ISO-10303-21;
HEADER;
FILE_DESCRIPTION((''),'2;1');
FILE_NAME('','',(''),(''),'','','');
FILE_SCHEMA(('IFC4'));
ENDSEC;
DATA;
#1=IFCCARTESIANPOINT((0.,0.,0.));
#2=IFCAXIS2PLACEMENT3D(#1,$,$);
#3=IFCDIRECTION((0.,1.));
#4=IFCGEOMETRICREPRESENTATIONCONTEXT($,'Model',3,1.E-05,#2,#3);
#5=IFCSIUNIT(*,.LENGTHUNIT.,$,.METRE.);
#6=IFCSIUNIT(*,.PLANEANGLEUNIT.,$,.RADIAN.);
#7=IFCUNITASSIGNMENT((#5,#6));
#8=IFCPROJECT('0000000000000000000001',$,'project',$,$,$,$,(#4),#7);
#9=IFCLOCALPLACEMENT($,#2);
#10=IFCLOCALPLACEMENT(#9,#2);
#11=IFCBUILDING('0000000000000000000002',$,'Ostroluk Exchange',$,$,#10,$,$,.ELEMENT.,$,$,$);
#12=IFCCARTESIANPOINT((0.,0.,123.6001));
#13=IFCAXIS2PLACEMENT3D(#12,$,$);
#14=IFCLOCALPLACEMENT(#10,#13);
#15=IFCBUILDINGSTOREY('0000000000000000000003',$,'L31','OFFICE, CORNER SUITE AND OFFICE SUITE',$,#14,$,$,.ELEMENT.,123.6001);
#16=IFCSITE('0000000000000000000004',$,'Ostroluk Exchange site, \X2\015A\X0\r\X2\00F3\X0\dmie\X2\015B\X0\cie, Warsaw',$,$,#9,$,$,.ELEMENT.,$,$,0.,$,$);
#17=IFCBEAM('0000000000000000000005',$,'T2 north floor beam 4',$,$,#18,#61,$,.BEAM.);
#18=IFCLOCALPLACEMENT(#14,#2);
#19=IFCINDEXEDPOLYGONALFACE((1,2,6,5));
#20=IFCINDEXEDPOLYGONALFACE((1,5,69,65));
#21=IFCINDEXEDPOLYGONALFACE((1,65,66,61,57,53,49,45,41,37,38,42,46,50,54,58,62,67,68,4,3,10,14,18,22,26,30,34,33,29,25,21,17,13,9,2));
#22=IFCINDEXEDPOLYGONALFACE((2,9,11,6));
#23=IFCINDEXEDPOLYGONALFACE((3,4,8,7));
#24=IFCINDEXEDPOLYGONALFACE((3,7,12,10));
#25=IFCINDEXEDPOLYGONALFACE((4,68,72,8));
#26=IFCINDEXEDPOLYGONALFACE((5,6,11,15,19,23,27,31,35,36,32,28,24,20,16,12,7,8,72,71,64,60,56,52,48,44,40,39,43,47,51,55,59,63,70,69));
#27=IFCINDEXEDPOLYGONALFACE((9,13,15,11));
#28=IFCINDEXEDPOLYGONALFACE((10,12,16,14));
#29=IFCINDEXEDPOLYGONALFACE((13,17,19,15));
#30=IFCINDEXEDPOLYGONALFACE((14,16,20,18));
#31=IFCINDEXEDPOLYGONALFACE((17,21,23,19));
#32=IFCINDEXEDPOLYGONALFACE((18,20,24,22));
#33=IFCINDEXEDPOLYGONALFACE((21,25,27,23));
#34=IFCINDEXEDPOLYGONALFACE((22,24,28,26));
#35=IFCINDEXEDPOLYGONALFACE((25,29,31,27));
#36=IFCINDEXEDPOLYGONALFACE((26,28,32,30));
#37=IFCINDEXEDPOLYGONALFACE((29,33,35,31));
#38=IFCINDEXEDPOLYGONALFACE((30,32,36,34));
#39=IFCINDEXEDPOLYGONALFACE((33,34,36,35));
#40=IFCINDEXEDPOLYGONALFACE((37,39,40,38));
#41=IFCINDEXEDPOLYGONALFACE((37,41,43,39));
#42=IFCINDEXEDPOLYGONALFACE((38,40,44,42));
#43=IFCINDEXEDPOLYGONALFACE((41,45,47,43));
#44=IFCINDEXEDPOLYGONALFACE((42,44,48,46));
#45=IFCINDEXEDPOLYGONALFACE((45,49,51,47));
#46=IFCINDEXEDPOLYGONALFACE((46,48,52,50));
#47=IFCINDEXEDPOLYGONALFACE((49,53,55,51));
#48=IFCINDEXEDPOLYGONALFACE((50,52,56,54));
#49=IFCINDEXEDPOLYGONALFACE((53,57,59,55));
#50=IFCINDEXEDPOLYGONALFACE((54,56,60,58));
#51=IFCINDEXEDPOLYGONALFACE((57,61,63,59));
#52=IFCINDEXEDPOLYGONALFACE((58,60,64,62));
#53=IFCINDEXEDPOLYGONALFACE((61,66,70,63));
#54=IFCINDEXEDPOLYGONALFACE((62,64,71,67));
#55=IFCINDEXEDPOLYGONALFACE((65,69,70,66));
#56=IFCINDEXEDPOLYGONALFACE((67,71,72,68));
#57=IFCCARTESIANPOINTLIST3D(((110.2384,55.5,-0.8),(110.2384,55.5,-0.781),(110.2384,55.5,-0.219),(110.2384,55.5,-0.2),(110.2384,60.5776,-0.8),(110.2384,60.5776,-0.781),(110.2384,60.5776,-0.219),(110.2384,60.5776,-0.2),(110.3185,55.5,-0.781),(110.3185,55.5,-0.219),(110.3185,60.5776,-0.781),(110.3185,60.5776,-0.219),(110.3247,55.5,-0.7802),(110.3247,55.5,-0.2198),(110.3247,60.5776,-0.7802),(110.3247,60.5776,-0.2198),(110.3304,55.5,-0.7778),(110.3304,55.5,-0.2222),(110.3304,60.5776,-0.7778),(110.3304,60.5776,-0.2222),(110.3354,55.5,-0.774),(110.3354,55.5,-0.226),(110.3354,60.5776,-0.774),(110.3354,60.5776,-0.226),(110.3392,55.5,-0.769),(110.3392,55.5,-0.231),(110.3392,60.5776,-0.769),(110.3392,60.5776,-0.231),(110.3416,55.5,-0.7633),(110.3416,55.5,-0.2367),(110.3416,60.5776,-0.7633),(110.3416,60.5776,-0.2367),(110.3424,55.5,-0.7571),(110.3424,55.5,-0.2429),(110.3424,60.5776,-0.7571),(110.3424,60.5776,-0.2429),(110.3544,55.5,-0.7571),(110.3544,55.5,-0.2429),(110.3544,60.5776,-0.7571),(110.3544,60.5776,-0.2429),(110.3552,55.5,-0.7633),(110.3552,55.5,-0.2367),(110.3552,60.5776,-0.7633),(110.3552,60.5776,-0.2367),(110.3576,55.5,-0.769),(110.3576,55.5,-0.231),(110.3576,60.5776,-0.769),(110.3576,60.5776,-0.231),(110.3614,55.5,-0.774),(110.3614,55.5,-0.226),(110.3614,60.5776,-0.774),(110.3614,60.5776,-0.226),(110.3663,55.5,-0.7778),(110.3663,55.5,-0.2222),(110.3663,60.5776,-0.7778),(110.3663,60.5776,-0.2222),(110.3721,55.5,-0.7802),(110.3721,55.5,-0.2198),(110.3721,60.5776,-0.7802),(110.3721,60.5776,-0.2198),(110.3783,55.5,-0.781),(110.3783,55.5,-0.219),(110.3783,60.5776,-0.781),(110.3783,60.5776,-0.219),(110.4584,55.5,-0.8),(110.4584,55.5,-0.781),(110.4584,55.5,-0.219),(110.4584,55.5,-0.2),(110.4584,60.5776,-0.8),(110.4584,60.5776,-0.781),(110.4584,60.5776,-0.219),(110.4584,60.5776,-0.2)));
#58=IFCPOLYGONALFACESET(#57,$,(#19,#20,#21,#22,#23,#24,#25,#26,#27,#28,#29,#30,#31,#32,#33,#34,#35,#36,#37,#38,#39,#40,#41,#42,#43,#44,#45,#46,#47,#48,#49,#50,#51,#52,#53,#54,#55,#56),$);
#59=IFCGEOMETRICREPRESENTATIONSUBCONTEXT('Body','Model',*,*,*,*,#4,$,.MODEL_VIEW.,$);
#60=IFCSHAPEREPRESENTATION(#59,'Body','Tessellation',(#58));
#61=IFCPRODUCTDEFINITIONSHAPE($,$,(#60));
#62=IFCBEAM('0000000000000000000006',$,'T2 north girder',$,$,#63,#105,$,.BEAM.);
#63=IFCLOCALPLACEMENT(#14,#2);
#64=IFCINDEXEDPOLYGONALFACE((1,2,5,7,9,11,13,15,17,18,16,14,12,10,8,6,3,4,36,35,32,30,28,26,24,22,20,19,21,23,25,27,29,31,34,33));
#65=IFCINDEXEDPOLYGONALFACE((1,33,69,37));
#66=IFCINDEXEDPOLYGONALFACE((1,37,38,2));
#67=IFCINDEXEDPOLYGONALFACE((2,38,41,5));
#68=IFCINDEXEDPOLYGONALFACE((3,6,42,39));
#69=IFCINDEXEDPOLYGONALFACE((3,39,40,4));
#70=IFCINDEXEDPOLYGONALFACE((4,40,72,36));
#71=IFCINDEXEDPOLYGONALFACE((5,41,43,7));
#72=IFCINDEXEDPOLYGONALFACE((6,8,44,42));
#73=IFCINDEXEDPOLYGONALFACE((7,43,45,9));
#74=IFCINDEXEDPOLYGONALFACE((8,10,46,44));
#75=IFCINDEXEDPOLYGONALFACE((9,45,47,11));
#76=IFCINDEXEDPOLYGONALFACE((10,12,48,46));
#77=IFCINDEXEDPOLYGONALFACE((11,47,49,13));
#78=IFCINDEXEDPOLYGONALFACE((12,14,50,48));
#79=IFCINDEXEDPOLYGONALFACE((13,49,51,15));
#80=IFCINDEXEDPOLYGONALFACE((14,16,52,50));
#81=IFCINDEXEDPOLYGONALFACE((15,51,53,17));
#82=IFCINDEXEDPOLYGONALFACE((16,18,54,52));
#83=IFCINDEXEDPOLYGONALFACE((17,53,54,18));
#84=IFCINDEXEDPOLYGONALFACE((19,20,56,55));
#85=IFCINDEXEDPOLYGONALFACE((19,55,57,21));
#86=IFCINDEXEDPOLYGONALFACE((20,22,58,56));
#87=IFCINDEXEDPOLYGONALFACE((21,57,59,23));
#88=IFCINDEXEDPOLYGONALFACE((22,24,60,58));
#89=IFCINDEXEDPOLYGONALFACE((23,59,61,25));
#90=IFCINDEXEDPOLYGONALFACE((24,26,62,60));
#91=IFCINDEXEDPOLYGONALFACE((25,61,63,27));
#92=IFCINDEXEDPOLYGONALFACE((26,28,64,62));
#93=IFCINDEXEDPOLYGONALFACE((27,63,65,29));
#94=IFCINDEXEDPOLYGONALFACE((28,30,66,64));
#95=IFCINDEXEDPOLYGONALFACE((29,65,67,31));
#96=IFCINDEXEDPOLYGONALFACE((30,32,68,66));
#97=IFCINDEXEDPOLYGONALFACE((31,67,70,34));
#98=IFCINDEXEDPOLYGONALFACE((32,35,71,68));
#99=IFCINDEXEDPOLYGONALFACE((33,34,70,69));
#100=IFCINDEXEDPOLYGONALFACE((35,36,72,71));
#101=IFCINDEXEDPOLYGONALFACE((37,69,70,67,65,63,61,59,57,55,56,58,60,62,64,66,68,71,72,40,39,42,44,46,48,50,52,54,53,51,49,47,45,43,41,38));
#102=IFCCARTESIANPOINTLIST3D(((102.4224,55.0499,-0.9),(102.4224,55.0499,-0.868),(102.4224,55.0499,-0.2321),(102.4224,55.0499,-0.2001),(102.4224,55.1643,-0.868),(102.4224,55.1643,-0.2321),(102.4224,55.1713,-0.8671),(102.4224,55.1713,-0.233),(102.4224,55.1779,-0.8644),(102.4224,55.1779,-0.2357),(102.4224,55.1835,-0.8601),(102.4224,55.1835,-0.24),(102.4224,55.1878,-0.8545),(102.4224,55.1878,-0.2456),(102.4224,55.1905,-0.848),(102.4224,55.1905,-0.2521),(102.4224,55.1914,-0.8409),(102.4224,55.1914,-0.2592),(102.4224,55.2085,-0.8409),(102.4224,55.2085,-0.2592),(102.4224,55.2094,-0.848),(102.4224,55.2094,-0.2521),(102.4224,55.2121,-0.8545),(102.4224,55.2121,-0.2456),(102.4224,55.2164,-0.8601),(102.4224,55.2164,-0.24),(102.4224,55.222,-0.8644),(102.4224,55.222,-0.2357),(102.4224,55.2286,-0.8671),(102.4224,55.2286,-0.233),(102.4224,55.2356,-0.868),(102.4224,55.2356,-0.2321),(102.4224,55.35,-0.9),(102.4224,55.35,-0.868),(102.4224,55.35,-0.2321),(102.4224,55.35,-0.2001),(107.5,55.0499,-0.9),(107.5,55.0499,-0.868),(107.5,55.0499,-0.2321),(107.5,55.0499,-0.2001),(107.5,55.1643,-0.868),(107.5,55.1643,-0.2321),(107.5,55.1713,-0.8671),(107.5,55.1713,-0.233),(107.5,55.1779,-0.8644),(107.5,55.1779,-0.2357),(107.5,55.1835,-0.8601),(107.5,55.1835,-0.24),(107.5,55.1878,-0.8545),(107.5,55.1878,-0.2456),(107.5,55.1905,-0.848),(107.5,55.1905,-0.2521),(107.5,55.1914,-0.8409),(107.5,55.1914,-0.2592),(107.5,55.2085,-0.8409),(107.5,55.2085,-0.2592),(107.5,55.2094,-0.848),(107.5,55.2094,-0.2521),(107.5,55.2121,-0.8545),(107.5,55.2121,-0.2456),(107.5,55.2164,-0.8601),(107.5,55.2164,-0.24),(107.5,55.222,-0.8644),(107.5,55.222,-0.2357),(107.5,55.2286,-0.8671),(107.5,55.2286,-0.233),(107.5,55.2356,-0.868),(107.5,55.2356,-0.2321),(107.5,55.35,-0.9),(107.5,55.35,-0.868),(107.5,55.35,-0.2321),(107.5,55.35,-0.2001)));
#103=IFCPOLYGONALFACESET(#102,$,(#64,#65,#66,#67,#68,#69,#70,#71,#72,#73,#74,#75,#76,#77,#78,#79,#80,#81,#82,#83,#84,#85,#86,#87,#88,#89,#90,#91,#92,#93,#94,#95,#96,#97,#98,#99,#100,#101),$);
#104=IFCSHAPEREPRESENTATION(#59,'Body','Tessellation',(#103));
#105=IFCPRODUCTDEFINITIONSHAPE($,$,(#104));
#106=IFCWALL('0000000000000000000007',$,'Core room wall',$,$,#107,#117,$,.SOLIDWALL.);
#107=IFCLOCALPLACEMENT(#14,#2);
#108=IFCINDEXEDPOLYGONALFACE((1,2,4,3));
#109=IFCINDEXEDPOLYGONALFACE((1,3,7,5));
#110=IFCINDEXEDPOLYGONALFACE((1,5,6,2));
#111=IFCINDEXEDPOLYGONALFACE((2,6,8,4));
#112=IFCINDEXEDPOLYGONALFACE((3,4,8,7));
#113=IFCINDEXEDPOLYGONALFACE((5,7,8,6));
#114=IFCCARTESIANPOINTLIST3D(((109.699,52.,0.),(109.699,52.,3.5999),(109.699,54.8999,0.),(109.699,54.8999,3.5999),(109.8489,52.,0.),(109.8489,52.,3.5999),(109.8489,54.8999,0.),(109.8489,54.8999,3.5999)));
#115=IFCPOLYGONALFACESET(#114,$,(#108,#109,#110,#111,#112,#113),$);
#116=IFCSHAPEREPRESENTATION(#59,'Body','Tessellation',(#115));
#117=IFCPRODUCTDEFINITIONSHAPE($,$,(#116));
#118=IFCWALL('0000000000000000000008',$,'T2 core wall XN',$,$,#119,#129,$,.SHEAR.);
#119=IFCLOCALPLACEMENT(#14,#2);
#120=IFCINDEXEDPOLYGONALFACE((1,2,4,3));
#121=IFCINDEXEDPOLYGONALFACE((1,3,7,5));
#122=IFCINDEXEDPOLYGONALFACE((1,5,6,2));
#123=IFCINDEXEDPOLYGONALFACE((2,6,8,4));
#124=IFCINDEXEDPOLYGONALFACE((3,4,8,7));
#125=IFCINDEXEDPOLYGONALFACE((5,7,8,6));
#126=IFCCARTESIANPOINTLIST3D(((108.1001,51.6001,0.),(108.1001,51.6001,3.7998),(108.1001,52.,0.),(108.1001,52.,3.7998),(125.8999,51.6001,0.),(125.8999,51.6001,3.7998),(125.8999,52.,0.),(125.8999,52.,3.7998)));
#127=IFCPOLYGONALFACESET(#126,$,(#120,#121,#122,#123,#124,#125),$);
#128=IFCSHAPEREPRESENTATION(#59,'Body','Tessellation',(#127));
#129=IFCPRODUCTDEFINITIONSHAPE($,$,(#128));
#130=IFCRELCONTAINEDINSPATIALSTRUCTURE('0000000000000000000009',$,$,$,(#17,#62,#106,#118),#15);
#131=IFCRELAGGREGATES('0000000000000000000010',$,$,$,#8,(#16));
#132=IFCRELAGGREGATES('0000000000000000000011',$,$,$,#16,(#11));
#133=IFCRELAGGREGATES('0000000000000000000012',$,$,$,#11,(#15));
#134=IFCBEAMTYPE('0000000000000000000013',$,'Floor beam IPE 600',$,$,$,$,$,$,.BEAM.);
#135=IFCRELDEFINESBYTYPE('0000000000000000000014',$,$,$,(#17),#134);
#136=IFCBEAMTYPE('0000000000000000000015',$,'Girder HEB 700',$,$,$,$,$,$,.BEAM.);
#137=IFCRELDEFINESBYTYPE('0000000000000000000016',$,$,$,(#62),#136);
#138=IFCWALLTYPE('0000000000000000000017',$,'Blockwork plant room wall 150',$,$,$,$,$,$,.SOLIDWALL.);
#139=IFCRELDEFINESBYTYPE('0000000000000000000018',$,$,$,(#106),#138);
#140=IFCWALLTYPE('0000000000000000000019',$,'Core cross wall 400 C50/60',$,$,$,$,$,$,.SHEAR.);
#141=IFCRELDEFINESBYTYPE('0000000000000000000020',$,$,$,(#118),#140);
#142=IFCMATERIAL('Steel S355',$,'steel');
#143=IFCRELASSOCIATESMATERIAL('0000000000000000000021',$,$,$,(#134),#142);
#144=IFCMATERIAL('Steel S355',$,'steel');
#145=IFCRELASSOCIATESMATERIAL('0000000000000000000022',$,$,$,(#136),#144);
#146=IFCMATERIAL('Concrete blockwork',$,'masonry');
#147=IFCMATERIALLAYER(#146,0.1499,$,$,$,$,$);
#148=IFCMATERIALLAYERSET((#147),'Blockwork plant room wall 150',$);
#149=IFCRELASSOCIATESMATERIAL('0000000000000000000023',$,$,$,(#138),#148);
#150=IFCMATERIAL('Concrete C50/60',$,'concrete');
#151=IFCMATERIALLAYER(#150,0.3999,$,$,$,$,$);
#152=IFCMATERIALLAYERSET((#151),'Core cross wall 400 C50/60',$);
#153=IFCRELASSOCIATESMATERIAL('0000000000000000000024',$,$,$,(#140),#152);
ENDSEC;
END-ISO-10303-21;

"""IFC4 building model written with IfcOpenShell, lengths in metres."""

from ifc_helpers import new_model, si_unit, direction, frame, frame_2d, origin, origin_2d, place, context, subcontext, project, spatial, rectangle, i_section, extrude, material, layer, layer_set, material_profile, profile_set, type_object, element, save


model = new_model("IFC4")

# Units and contexts
model_context = context("Model", 3, precision=1e-05, world=origin(), true_north=direction((0.0, 1.0)))
body_context = subcontext(model_context, "Body", "Model", "MODEL_VIEW")
ifc_project = project(units=[si_unit("LENGTHUNIT", "METRE"), si_unit("PLANEANGLEUNIT", "RADIAN")], contexts=[model_context])

# Site, building, storey
site_placement = place(None, origin())
site = spatial("IfcSite", under=ifc_project, at=site_placement, Name="Ostroluk Exchange site, Śródmieście, Warsaw", CompositionType="ELEMENT", RefElevation=0.0)
building_placement = place(site_placement, origin())
building = spatial("IfcBuilding", under=site, at=building_placement, Name="Ostroluk Exchange", CompositionType="ELEMENT")
storey_placement = place(building_placement, frame((0.0, 0.0, 123.6001)))
storey = spatial("IfcBuildingStorey", under=building, at=storey_placement, Name="L31", Description="OFFICE, CORNER SUITE AND OFFICE SUITE", CompositionType="ELEMENT", Elevation=123.6001)

# Beams
ifc_material_1 = material(Name="Steel S355", Category="steel")
ifc_material_profile_1 = material_profile(ifc_material_1, i_section(OverallWidth=0.22, OverallDepth=0.6001, WebThickness=0.012, FlangeThickness=0.019, FilletRadius=0.0239, at=origin_2d()), Name="IPE 600")
ifc_profile_set_1 = profile_set([ifc_material_profile_1], Name="Steel S355")
beam_type_1 = type_object("IfcBeamType", Name="Floor beam IPE 600", PredefinedType="BEAM", material=ifc_profile_set_1)
beam_1_placement = place(storey_placement, frame((110.3484, 55.5, -0.5), z_axis=(0.0, 1.0, 0.0), x_axis=(-1.0, 0.0, 0.0)))
element("IfcBeam", 1, at=beam_1_placement, inside=storey, type_object=beam_type_1, Name="T2 north floor beam 4", PredefinedType="BEAM", context=body_context, shape_type="SweptSolid", body=[
    extrude(i_section(OverallWidth=0.22, OverallDepth=0.6001, WebThickness=0.012, FlangeThickness=0.019, FilletRadius=0.0239, at=origin_2d()), origin(), (0.0, 0.0, 1.0), 5.0776),
])
ifc_material_2 = material(Name="Steel S355", Category="steel")
ifc_material_profile_2 = material_profile(ifc_material_2, i_section(OverallWidth=0.3, OverallDepth=0.7, WebThickness=0.0171, FlangeThickness=0.032, FilletRadius=0.0271, at=origin_2d()), Name="HEB 700")
ifc_profile_set_2 = profile_set([ifc_material_profile_2], Name="Steel S355")
beam_type_2 = type_object("IfcBeamType", Name="Girder HEB 700", PredefinedType="BEAM", material=ifc_profile_set_2)
beam_2_placement = place(storey_placement, frame((107.5, 55.2, -0.55), z_axis=(-1.0, 0.0, 0.0), x_axis=(0.0, -1.0, 0.0)))
element("IfcBeam", 2, at=beam_2_placement, inside=storey, type_object=beam_type_2, Name="T2 north girder", PredefinedType="BEAM", context=body_context, shape_type="SweptSolid", body=[
    extrude(i_section(OverallWidth=0.3, OverallDepth=0.7, WebThickness=0.0171, FlangeThickness=0.032, FilletRadius=0.0271, at=origin_2d()), origin(), (0.0, 0.0, 1.0), 5.0776),
])

# Walls
ifc_material_3 = material(Name="Concrete blockwork", Category="masonry")
ifc_layer_1 = layer(ifc_material_3, 0.1499)
ifc_layer_set_1 = layer_set([ifc_layer_1], Name="Blockwork plant room wall 150")
wall_type_1 = type_object("IfcWallType", Name="Blockwork plant room wall 150", PredefinedType="SOLIDWALL", material=ifc_layer_set_1)
wall_1_placement = place(storey_placement, frame((109.7739, 52.0, 0.0), z_axis=(0.0, 0.0, 1.0), x_axis=(0.0, 1.0, 0.0)))
element("IfcWall", 3, at=wall_1_placement, inside=storey, type_object=wall_type_1, Name="Core room wall", PredefinedType="SOLIDWALL", context=body_context, shape_type="SweptSolid", body=[
    extrude(rectangle(XDim=2.8999, YDim=0.1499, at=frame_2d((1.45, 0.0))), origin(), (0.0, 0.0, 1.0), 3.5999),
])
ifc_material_4 = material(Name="Concrete C50/60", Category="concrete")
ifc_layer_2 = layer(ifc_material_4, 0.3999)
ifc_layer_set_2 = layer_set([ifc_layer_2], Name="Core cross wall 400 C50/60")
wall_type_2 = type_object("IfcWallType", Name="Core cross wall 400 C50/60", PredefinedType="SHEAR", material=ifc_layer_set_2)
wall_2_placement = place(storey_placement, frame((108.1001, 51.8, 0.0), z_axis=(0.0, 0.0, 1.0), x_axis=(1.0, 0.0, 0.0)))
element("IfcWall", 4, at=wall_2_placement, inside=storey, type_object=wall_type_2, Name="T2 core wall XN", PredefinedType="SHEAR", context=body_context, shape_type="SweptSolid", body=[
    extrude(rectangle(XDim=17.7998, YDim=0.3999, at=frame_2d((8.8999, 0.0))), origin(), (0.0, 0.0, 1.0), 3.7998),
])

save(model, "model.ifc")
